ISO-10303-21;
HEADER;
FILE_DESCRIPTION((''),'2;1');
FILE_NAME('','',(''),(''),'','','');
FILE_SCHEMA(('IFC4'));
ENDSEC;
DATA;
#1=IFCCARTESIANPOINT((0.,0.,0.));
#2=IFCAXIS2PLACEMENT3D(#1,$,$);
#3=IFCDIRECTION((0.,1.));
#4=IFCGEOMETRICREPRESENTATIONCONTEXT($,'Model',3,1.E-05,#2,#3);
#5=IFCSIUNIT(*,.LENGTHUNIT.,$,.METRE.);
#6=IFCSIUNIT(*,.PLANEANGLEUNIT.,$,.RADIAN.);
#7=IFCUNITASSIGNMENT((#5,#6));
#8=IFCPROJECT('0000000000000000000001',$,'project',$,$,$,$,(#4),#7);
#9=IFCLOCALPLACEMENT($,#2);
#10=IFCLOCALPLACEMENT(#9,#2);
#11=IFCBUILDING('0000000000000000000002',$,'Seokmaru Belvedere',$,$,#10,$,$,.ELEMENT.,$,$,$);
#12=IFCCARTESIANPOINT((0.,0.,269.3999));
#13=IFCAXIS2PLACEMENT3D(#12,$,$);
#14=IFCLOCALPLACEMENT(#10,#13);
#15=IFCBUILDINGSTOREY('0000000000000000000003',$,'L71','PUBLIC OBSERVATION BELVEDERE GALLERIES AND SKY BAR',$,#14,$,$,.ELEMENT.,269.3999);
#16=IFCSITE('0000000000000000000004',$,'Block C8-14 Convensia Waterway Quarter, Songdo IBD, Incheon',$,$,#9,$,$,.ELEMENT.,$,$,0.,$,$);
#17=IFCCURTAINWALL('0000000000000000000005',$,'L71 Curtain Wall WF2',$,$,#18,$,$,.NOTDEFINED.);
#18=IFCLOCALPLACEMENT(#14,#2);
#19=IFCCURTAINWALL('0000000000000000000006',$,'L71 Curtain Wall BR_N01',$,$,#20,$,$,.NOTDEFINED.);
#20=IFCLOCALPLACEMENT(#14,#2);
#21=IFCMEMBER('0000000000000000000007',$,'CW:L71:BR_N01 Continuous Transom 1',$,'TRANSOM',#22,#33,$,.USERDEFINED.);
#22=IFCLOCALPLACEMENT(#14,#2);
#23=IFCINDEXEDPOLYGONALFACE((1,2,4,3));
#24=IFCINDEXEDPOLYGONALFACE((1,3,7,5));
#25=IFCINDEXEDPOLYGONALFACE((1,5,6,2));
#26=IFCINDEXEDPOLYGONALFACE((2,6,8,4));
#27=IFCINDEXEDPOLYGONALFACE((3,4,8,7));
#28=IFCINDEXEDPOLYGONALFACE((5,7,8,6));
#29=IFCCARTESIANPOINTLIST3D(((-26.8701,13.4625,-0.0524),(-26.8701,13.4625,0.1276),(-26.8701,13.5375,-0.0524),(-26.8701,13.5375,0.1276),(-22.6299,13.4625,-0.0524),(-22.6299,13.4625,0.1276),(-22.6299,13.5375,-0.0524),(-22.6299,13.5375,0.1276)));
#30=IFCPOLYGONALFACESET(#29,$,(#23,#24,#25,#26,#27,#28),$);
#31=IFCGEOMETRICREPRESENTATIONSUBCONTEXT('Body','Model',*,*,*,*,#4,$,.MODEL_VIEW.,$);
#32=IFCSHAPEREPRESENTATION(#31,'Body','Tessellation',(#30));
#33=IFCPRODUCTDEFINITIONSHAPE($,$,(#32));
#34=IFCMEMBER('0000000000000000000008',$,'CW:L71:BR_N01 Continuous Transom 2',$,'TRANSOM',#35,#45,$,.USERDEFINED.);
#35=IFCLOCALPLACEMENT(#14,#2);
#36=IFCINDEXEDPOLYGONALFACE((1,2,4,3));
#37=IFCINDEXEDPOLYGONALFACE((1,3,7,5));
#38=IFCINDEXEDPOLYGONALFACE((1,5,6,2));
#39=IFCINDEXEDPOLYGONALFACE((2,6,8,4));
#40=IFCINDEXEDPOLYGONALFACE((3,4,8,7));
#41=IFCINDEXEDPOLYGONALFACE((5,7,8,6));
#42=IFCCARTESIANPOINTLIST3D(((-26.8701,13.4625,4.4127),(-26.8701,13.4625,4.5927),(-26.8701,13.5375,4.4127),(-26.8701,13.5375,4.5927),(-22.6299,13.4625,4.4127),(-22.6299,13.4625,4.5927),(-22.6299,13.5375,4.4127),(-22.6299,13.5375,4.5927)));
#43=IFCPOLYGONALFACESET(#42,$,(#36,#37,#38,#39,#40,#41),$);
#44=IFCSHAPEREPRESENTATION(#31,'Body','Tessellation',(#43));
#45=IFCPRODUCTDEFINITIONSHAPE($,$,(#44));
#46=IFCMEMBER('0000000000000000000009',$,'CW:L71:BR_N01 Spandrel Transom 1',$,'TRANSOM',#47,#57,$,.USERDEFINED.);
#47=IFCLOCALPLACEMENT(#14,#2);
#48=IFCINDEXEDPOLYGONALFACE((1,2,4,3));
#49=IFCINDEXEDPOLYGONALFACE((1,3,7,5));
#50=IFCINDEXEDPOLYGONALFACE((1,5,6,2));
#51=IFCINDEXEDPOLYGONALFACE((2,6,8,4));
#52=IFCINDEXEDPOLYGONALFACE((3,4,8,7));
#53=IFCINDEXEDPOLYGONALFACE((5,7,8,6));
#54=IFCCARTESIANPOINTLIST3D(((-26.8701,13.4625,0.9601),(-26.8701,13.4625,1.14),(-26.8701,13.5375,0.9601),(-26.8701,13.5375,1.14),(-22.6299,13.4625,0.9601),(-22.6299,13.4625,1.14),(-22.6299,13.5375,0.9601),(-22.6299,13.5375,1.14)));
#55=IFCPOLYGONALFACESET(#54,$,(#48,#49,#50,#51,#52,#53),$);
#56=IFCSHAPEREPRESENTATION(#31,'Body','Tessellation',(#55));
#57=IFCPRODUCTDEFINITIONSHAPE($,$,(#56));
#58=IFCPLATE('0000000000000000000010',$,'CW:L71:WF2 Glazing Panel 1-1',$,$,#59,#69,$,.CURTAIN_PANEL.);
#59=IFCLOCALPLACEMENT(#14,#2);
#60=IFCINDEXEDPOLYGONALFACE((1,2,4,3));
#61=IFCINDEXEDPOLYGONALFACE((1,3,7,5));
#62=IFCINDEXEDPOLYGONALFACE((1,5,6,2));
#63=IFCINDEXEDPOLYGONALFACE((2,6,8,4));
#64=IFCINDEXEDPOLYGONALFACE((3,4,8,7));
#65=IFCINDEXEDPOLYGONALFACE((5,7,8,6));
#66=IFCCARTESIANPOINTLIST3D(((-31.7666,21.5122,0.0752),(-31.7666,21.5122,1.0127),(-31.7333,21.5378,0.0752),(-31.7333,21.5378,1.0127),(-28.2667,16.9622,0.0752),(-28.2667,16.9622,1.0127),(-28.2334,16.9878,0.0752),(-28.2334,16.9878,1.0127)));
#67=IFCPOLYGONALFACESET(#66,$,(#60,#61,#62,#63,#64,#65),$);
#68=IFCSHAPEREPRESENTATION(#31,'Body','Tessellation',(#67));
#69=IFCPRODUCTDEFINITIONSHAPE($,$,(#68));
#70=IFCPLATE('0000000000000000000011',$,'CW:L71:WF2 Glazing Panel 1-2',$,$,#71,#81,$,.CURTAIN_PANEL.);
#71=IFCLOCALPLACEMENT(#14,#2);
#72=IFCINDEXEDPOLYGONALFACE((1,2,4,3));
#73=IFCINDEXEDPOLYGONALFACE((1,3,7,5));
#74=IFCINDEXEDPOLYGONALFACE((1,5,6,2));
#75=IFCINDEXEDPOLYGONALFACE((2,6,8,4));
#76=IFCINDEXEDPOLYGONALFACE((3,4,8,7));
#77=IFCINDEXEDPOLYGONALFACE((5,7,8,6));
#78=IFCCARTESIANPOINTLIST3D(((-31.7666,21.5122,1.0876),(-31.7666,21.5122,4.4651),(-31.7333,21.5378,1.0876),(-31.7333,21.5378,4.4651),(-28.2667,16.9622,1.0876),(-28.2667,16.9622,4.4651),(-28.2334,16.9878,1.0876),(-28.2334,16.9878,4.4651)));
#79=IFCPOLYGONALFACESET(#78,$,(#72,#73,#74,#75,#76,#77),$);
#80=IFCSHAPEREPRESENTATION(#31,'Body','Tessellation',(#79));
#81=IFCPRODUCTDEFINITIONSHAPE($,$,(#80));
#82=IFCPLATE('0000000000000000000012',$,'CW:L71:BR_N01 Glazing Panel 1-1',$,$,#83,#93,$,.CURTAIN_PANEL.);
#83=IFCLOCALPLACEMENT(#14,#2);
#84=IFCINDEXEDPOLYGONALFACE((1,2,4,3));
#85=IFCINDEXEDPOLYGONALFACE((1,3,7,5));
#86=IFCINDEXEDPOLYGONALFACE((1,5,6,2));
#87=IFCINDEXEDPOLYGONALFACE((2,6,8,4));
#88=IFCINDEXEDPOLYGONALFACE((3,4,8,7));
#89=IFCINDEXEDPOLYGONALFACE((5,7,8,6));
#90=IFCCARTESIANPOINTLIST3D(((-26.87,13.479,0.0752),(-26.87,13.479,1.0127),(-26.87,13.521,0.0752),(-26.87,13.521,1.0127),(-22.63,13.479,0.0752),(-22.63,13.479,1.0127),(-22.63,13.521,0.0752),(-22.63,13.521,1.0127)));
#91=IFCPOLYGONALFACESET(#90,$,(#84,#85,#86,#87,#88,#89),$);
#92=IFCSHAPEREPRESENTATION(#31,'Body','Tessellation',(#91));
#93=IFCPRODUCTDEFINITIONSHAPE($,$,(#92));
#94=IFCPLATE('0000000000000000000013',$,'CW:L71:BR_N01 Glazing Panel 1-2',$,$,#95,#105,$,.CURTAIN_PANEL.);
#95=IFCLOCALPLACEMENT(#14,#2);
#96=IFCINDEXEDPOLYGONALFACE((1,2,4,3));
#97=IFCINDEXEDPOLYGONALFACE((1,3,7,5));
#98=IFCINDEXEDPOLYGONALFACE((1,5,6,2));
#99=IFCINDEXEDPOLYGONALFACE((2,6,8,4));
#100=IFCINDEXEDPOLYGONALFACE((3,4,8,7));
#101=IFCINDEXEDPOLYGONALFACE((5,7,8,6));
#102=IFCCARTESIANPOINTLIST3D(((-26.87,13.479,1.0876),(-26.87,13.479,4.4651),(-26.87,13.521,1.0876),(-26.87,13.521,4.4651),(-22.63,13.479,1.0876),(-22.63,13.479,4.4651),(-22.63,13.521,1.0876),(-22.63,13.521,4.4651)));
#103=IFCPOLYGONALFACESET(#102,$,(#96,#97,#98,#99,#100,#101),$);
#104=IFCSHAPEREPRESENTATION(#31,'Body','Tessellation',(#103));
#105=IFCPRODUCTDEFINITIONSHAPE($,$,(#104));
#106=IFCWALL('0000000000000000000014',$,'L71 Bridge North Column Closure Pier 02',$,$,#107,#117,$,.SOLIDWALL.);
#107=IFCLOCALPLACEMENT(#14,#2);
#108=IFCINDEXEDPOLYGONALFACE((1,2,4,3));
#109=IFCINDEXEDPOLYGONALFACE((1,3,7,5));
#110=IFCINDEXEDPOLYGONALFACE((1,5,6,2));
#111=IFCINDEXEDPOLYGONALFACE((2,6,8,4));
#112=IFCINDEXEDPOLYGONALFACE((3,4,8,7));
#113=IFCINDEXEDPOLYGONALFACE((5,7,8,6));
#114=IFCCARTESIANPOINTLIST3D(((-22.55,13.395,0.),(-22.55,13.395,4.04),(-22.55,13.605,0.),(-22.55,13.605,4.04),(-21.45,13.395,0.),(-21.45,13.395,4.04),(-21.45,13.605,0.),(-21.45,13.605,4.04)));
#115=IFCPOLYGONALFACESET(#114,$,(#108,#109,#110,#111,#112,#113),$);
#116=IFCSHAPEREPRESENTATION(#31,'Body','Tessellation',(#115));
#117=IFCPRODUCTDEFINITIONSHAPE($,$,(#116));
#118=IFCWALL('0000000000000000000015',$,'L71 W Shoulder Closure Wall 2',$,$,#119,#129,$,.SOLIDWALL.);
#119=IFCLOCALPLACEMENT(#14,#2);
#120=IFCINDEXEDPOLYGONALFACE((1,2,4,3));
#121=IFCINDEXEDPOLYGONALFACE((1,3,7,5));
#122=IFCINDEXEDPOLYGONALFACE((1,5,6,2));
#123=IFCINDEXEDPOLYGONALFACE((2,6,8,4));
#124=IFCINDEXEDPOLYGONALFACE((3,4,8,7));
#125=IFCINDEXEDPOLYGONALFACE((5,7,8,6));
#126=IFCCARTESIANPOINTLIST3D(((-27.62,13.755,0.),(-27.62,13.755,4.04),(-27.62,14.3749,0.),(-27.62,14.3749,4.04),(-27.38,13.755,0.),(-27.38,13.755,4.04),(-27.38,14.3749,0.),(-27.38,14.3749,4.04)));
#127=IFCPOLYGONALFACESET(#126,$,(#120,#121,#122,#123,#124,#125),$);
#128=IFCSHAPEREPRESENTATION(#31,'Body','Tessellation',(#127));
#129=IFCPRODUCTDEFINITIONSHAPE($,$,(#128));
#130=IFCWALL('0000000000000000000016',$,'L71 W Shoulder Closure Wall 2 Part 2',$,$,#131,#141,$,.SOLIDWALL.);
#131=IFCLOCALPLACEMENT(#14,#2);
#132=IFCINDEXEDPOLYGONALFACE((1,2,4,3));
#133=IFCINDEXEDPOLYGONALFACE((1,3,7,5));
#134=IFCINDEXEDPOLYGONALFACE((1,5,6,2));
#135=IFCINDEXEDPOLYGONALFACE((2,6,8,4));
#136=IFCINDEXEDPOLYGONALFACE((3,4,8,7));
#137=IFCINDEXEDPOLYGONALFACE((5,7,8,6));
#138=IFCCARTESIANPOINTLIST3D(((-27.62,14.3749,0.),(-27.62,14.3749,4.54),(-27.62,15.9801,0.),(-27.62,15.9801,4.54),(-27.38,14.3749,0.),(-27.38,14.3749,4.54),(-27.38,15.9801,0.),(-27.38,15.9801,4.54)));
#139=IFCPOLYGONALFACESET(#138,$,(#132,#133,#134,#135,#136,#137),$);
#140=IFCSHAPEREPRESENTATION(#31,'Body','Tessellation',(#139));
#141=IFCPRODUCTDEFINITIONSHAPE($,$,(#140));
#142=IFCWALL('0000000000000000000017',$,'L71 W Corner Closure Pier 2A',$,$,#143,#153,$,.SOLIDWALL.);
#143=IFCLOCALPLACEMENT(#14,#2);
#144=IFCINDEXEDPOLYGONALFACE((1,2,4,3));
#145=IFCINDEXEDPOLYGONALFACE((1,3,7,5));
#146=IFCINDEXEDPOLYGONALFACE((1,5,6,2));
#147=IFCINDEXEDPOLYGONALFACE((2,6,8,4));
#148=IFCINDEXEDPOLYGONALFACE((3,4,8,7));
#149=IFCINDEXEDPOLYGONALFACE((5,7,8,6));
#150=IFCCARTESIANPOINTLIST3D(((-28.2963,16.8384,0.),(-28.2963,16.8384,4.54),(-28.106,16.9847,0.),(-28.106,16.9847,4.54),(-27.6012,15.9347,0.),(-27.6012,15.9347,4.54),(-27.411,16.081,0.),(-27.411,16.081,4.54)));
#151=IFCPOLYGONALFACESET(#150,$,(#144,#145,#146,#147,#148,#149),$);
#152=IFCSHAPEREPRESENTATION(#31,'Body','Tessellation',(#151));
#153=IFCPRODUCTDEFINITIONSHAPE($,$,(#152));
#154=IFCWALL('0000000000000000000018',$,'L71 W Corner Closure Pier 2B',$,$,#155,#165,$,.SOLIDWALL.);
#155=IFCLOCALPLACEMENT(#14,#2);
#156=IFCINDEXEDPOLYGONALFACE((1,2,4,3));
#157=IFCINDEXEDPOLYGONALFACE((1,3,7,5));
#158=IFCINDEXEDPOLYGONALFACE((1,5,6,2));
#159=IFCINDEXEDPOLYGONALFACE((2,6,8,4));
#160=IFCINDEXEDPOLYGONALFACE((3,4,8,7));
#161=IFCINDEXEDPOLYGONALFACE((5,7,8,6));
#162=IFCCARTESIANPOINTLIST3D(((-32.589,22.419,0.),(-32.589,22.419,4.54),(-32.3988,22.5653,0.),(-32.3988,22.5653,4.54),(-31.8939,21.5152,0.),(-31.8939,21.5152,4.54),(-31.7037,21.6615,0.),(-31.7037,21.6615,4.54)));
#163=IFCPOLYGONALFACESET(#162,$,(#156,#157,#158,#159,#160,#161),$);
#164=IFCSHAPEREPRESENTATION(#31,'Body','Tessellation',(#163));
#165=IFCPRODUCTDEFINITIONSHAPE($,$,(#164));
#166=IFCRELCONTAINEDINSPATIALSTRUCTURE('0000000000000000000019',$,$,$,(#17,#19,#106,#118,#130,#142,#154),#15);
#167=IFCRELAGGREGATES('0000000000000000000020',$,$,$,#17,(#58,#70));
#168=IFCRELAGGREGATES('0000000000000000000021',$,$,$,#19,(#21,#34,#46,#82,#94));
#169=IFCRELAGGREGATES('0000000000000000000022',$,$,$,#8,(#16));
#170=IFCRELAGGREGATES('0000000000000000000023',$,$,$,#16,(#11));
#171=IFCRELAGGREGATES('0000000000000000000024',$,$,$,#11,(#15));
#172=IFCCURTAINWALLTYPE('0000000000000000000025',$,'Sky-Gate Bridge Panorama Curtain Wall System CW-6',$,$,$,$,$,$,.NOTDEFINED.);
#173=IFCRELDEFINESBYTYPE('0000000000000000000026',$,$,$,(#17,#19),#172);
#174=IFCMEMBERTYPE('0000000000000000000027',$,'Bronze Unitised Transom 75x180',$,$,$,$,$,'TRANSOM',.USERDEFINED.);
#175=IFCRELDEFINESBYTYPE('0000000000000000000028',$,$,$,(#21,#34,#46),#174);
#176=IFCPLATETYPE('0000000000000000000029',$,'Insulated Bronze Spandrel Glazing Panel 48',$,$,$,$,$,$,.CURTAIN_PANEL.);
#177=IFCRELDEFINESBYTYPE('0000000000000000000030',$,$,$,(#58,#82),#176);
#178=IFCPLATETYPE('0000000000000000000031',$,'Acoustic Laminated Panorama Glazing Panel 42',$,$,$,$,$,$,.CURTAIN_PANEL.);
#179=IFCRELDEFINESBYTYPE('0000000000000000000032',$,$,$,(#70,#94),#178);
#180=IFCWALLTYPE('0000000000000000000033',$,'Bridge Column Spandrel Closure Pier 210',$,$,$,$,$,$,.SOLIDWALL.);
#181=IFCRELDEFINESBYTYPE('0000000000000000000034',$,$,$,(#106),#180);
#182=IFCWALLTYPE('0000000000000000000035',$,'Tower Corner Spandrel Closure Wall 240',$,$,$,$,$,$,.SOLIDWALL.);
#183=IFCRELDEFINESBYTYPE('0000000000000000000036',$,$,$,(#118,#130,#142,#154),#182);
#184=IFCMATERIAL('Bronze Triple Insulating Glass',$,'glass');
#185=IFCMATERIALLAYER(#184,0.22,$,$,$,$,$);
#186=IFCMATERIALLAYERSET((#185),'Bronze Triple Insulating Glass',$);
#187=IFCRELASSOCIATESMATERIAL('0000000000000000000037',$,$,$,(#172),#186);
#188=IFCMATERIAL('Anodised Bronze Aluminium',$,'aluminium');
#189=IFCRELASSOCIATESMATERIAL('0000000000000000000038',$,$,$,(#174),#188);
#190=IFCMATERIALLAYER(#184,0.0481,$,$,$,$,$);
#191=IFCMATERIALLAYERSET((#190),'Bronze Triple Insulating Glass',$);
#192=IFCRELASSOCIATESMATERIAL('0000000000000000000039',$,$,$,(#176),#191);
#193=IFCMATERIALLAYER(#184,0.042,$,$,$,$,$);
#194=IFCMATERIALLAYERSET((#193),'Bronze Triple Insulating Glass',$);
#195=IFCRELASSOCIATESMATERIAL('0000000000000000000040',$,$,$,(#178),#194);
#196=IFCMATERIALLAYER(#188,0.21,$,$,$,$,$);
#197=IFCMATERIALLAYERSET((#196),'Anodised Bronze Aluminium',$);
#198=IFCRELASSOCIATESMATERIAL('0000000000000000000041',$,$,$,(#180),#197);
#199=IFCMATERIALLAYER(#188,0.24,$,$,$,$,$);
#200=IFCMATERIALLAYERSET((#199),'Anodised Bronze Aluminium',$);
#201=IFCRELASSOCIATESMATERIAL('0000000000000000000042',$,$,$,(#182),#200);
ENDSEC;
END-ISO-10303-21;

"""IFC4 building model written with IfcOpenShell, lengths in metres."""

from ifc_helpers import new_model, si_unit, direction, frame, frame_2d, origin, origin_2d, place, context, subcontext, project, spatial, rectangle, extrude, source, transform, mapped, material, layer, layer_set, material_profile, profile_set, type_object, type_shapes, element, aggregate, save


model = new_model("IFC4")

# Units and contexts
model_context = context("Model", 3, precision=1e-05, world=origin(), true_north=direction((0.0, 1.0)))
body_context = subcontext(model_context, "Body", "Model", "MODEL_VIEW")
ifc_project = project(units=[si_unit("LENGTHUNIT", "METRE"), si_unit("PLANEANGLEUNIT", "RADIAN")], contexts=[model_context])

# Site, building, storey
site_placement = place(None, origin())
site = spatial("IfcSite", under=ifc_project, at=site_placement, Name="Block C8-14 Convensia Waterway Quarter, Songdo IBD, Incheon", CompositionType="ELEMENT", RefElevation=0.0)
building_placement = place(site_placement, origin())
building = spatial("IfcBuilding", under=site, at=building_placement, Name="Seokmaru Belvedere", CompositionType="ELEMENT")
storey_placement = place(building_placement, frame((0.0, 0.0, 269.3999)))
storey = spatial("IfcBuildingStorey", under=building, at=storey_placement, Name="L71", Description="PUBLIC OBSERVATION BELVEDERE GALLERIES AND SKY BAR", CompositionType="ELEMENT", Elevation=269.3999)

# Curtain wall
ifc_material_1 = material(Name="Bronze Triple Insulating Glass", Category="glass")
ifc_layer_1 = layer(ifc_material_1, 0.22)
ifc_layer_set_1 = layer_set([ifc_layer_1], Name="Bronze Triple Insulating Glass")
curtain_wall_type = type_object("IfcCurtainWallType", Name="Sky-Gate Bridge Panorama Curtain Wall System CW-6", PredefinedType="NOTDEFINED", material=ifc_layer_set_1)
curtain_wall_1_placement = place(storey_placement, origin())
curtain_wall_1 = element("IfcCurtainWall", 1, at=curtain_wall_1_placement, inside=storey, type_object=curtain_wall_type, Name="L71 Curtain Wall WF2", PredefinedType="NOTDEFINED")
ifc_material_2 = material(Name="Anodised Bronze Aluminium", Category="aluminium")

# Curtain wall
curtain_wall_2_placement = place(storey_placement, origin())
curtain_wall_2 = element("IfcCurtainWall", 2, at=curtain_wall_2_placement, inside=storey, type_object=curtain_wall_type, Name="L71 Curtain Wall BR_N01", PredefinedType="NOTDEFINED")

# Members
ifc_material_profile_1 = material_profile(ifc_material_2, rectangle(XDim=0.075, YDim=0.1799, at=origin_2d()), Name="CW-T-75x180")
ifc_profile_set_1 = profile_set([ifc_material_profile_1], Name="Anodised Bronze Aluminium")
member_type_1 = type_object("IfcMemberType", Name="Bronze Unitised Transom 75x180", ElementType="TRANSOM", PredefinedType="USERDEFINED", material=ifc_profile_set_1)
shared_shape_1 = source(origin(), body_context, "Body", "SweptSolid", [
    extrude(rectangle(XDim=0.075, YDim=0.1799, at=origin_2d()), origin(), (0.0, 0.0, 1.0), 4.2402),
])
member_1_placement = place(storey_placement, frame((-22.6299, 13.5, 0.0376), z_axis=(-1.0, 0.0, 0.0), x_axis=(0.0, -1.0, 0.0)))
member_1 = element("IfcMember", 3, at=member_1_placement, type_object=member_type_1, Name="CW:L71:BR_N01 Continuous Transom 1", ObjectType="TRANSOM", PredefinedType="USERDEFINED", context=body_context, shape_type="MappedRepresentation", body=[
    mapped(shared_shape_1, transform((0.0, 0.0, 0.0), scale=1.0)),
])
member_2_placement = place(storey_placement, frame((-22.6299, 13.5, 4.5027), z_axis=(-1.0, 0.0, 0.0), x_axis=(0.0, -1.0, 0.0)))
member_2 = element("IfcMember", 4, at=member_2_placement, type_object=member_type_1, Name="CW:L71:BR_N01 Continuous Transom 2", ObjectType="TRANSOM", PredefinedType="USERDEFINED", context=body_context, shape_type="MappedRepresentation", body=[
    mapped(shared_shape_1, transform((0.0, 0.0, 0.0), scale=1.0)),
])
member_3_placement = place(storey_placement, frame((-22.6299, 13.5, 1.05), z_axis=(-1.0, 0.0, 0.0), x_axis=(0.0, -1.0, 0.0)))
member_3 = element("IfcMember", 5, at=member_3_placement, type_object=member_type_1, Name="CW:L71:BR_N01 Spandrel Transom 1", ObjectType="TRANSOM", PredefinedType="USERDEFINED", context=body_context, shape_type="MappedRepresentation", body=[
    mapped(shared_shape_1, transform((0.0, 0.0, 0.0), scale=1.0)),
])

# Plates
ifc_layer_2 = layer(ifc_material_1, 0.0481)
ifc_layer_set_2 = layer_set([ifc_layer_2], Name="Bronze Triple Insulating Glass")
plate_type_1 = type_object("IfcPlateType", Name="Insulated Bronze Spandrel Glazing Panel 48", PredefinedType="CURTAIN_PANEL", material=ifc_layer_set_2)
shared_shape_2 = source(origin(), body_context, "Body", "SweptSolid", [
    extrude(rectangle(XDim=5.7405, YDim=0.042, at=origin_2d()), origin(), (0.0, 0.0, 1.0), 0.9375),
])
plate_1_placement = place(storey_placement, frame((-30.0, 19.25, 0.0752), z_axis=(0.0, 0.0, 1.0), x_axis=(-0.609701, 0.792631, 0.0)))
plate_1 = element("IfcPlate", 6, at=plate_1_placement, type_object=plate_type_1, Name="CW:L71:WF2 Glazing Panel 1-1", PredefinedType="CURTAIN_PANEL", context=body_context, shape_type="MappedRepresentation", body=[
    mapped(shared_shape_2, transform((0.0, 0.0, 0.0), scale=1.0)),
])
ifc_layer_3 = layer(ifc_material_1, 0.042)
ifc_layer_set_3 = layer_set([ifc_layer_3], Name="Bronze Triple Insulating Glass")
plate_type_2 = type_object("IfcPlateType", Name="Acoustic Laminated Panorama Glazing Panel 42", PredefinedType="CURTAIN_PANEL", material=ifc_layer_set_3)
shared_shape_3 = source(origin(), body_context, "Body", "SweptSolid", [
    extrude(rectangle(XDim=5.7405, YDim=0.042, at=origin_2d()), origin(), (0.0, 0.0, 1.0), 3.3774),
])
plate_2_placement = place(storey_placement, frame((-30.0, 19.25, 1.0876), z_axis=(0.0, 0.0, 1.0), x_axis=(-0.609701, 0.792631, 0.0)))
plate_2 = element("IfcPlate", 7, at=plate_2_placement, type_object=plate_type_2, Name="CW:L71:WF2 Glazing Panel 1-2", PredefinedType="CURTAIN_PANEL", context=body_context, shape_type="MappedRepresentation", body=[
    mapped(shared_shape_3, transform((0.0, 0.0, 0.0), scale=1.0)),
])
aggregate(curtain_wall_1, [plate_1, plate_2])
shared_shape_4 = source(origin(), body_context, "Body", "SweptSolid", [
    extrude(rectangle(XDim=4.24, YDim=0.042, at=origin_2d()), origin(), (0.0, 0.0, 1.0), 0.9375),
])
type_shapes(plate_type_1, [shared_shape_2, shared_shape_4])
plate_3_placement = place(storey_placement, frame((-24.75, 13.5, 0.0752), z_axis=(0.0, 0.0, 1.0), x_axis=(-1.0, 0.0, 0.0)))
plate_3 = element("IfcPlate", 8, at=plate_3_placement, type_object=plate_type_1, Name="CW:L71:BR_N01 Glazing Panel 1-1", PredefinedType="CURTAIN_PANEL", context=body_context, shape_type="MappedRepresentation", body=[
    mapped(shared_shape_4, transform((0.0, 0.0, 0.0), scale=1.0)),
])
shared_shape_5 = source(origin(), body_context, "Body", "SweptSolid", [
    extrude(rectangle(XDim=4.24, YDim=0.042, at=origin_2d()), origin(), (0.0, 0.0, 1.0), 3.3774),
])
type_shapes(plate_type_2, [shared_shape_3, shared_shape_5])
plate_4_placement = place(storey_placement, frame((-24.75, 13.5, 1.0876), z_axis=(0.0, 0.0, 1.0), x_axis=(-1.0, 0.0, 0.0)))
plate_4 = element("IfcPlate", 9, at=plate_4_placement, type_object=plate_type_2, Name="CW:L71:BR_N01 Glazing Panel 1-2", PredefinedType="CURTAIN_PANEL", context=body_context, shape_type="MappedRepresentation", body=[
    mapped(shared_shape_5, transform((0.0, 0.0, 0.0), scale=1.0)),
])
aggregate(curtain_wall_2, [member_1, member_2, member_3, plate_3, plate_4])

# Walls
ifc_layer_4 = layer(ifc_material_2, 0.21)
ifc_layer_set_4 = layer_set([ifc_layer_4], Name="Anodised Bronze Aluminium")
wall_type_1 = type_object("IfcWallType", Name="Bridge Column Spandrel Closure Pier 210", PredefinedType="SOLIDWALL", material=ifc_layer_set_4)
wall_1_placement = place(storey_placement, frame((-22.55, 13.5, 0.0), z_axis=(0.0, 0.0, 1.0), x_axis=(1.0, 0.0, 0.0)))
element("IfcWall", 10, at=wall_1_placement, inside=storey, type_object=wall_type_1, Name="L71 Bridge North Column Closure Pier 02", PredefinedType="SOLIDWALL", context=body_context, shape_type="SweptSolid", body=[
    extrude(rectangle(XDim=1.1001, YDim=0.21, at=frame_2d((0.55, 0.0))), origin(), (0.0, 0.0, 1.0), 4.04),
])
ifc_layer_5 = layer(ifc_material_2, 0.24)
ifc_layer_set_5 = layer_set([ifc_layer_5], Name="Anodised Bronze Aluminium")
wall_type_2 = type_object("IfcWallType", Name="Tower Corner Spandrel Closure Wall 240", PredefinedType="SOLIDWALL", material=ifc_layer_set_5)
wall_2_placement = place(storey_placement, frame((-27.5, 13.7549, 0.0), z_axis=(0.0, 0.0, 1.0), x_axis=(0.0, 1.0, 0.0)))
element("IfcWall", 11, at=wall_2_placement, inside=storey, type_object=wall_type_2, Name="L71 W Shoulder Closure Wall 2", PredefinedType="SOLIDWALL", context=body_context, shape_type="SweptSolid", body=[
    extrude(rectangle(XDim=0.6199, YDim=0.24, at=frame_2d((0.3101, 0.0))), origin(), (0.0, 0.0, 1.0), 4.04),
])
wall_3_placement = place(storey_placement, frame((-27.5, 14.3748, 0.0), z_axis=(0.0, 0.0, 1.0), x_axis=(0.0, 1.0, 0.0)))
element("IfcWall", 12, at=wall_3_placement, inside=storey, type_object=wall_type_2, Name="L71 W Shoulder Closure Wall 2 Part 2", PredefinedType="SOLIDWALL", context=body_context, shape_type="SweptSolid", body=[
    extrude(rectangle(XDim=1.6052, YDim=0.24, at=frame_2d((0.8027, 0.0))), origin(), (0.0, 0.0, 1.0), 4.54),
])
for number, where, z_axis, x_axis, name in (
    (13, (-27.5061, 16.0078, 0.0), (0.0, 0.0, 1.0), (-0.609618, 0.792696, 0.0), "L71 W Corner Closure Pier 2A"),
    (14, (-31.7988, 21.5884, 0.0), (0.0, 0.0, 1.0), (-0.609618, 0.792696, 0.0), "L71 W Corner Closure Pier 2B"),
):
    element("IfcWall", number, at=place(storey_placement, frame(where, z_axis=z_axis, x_axis=x_axis)), inside=storey, type_object=wall_type_2, Name=name, PredefinedType="SOLIDWALL", context=body_context, shape_type="SweptSolid", body=[
        extrude(rectangle(XDim=1.1401, YDim=0.24, at=frame_2d((0.5701, 0.0))), origin(), (0.0, 0.0, 1.0), 4.54),
    ])

save(model, "model.ifc")
